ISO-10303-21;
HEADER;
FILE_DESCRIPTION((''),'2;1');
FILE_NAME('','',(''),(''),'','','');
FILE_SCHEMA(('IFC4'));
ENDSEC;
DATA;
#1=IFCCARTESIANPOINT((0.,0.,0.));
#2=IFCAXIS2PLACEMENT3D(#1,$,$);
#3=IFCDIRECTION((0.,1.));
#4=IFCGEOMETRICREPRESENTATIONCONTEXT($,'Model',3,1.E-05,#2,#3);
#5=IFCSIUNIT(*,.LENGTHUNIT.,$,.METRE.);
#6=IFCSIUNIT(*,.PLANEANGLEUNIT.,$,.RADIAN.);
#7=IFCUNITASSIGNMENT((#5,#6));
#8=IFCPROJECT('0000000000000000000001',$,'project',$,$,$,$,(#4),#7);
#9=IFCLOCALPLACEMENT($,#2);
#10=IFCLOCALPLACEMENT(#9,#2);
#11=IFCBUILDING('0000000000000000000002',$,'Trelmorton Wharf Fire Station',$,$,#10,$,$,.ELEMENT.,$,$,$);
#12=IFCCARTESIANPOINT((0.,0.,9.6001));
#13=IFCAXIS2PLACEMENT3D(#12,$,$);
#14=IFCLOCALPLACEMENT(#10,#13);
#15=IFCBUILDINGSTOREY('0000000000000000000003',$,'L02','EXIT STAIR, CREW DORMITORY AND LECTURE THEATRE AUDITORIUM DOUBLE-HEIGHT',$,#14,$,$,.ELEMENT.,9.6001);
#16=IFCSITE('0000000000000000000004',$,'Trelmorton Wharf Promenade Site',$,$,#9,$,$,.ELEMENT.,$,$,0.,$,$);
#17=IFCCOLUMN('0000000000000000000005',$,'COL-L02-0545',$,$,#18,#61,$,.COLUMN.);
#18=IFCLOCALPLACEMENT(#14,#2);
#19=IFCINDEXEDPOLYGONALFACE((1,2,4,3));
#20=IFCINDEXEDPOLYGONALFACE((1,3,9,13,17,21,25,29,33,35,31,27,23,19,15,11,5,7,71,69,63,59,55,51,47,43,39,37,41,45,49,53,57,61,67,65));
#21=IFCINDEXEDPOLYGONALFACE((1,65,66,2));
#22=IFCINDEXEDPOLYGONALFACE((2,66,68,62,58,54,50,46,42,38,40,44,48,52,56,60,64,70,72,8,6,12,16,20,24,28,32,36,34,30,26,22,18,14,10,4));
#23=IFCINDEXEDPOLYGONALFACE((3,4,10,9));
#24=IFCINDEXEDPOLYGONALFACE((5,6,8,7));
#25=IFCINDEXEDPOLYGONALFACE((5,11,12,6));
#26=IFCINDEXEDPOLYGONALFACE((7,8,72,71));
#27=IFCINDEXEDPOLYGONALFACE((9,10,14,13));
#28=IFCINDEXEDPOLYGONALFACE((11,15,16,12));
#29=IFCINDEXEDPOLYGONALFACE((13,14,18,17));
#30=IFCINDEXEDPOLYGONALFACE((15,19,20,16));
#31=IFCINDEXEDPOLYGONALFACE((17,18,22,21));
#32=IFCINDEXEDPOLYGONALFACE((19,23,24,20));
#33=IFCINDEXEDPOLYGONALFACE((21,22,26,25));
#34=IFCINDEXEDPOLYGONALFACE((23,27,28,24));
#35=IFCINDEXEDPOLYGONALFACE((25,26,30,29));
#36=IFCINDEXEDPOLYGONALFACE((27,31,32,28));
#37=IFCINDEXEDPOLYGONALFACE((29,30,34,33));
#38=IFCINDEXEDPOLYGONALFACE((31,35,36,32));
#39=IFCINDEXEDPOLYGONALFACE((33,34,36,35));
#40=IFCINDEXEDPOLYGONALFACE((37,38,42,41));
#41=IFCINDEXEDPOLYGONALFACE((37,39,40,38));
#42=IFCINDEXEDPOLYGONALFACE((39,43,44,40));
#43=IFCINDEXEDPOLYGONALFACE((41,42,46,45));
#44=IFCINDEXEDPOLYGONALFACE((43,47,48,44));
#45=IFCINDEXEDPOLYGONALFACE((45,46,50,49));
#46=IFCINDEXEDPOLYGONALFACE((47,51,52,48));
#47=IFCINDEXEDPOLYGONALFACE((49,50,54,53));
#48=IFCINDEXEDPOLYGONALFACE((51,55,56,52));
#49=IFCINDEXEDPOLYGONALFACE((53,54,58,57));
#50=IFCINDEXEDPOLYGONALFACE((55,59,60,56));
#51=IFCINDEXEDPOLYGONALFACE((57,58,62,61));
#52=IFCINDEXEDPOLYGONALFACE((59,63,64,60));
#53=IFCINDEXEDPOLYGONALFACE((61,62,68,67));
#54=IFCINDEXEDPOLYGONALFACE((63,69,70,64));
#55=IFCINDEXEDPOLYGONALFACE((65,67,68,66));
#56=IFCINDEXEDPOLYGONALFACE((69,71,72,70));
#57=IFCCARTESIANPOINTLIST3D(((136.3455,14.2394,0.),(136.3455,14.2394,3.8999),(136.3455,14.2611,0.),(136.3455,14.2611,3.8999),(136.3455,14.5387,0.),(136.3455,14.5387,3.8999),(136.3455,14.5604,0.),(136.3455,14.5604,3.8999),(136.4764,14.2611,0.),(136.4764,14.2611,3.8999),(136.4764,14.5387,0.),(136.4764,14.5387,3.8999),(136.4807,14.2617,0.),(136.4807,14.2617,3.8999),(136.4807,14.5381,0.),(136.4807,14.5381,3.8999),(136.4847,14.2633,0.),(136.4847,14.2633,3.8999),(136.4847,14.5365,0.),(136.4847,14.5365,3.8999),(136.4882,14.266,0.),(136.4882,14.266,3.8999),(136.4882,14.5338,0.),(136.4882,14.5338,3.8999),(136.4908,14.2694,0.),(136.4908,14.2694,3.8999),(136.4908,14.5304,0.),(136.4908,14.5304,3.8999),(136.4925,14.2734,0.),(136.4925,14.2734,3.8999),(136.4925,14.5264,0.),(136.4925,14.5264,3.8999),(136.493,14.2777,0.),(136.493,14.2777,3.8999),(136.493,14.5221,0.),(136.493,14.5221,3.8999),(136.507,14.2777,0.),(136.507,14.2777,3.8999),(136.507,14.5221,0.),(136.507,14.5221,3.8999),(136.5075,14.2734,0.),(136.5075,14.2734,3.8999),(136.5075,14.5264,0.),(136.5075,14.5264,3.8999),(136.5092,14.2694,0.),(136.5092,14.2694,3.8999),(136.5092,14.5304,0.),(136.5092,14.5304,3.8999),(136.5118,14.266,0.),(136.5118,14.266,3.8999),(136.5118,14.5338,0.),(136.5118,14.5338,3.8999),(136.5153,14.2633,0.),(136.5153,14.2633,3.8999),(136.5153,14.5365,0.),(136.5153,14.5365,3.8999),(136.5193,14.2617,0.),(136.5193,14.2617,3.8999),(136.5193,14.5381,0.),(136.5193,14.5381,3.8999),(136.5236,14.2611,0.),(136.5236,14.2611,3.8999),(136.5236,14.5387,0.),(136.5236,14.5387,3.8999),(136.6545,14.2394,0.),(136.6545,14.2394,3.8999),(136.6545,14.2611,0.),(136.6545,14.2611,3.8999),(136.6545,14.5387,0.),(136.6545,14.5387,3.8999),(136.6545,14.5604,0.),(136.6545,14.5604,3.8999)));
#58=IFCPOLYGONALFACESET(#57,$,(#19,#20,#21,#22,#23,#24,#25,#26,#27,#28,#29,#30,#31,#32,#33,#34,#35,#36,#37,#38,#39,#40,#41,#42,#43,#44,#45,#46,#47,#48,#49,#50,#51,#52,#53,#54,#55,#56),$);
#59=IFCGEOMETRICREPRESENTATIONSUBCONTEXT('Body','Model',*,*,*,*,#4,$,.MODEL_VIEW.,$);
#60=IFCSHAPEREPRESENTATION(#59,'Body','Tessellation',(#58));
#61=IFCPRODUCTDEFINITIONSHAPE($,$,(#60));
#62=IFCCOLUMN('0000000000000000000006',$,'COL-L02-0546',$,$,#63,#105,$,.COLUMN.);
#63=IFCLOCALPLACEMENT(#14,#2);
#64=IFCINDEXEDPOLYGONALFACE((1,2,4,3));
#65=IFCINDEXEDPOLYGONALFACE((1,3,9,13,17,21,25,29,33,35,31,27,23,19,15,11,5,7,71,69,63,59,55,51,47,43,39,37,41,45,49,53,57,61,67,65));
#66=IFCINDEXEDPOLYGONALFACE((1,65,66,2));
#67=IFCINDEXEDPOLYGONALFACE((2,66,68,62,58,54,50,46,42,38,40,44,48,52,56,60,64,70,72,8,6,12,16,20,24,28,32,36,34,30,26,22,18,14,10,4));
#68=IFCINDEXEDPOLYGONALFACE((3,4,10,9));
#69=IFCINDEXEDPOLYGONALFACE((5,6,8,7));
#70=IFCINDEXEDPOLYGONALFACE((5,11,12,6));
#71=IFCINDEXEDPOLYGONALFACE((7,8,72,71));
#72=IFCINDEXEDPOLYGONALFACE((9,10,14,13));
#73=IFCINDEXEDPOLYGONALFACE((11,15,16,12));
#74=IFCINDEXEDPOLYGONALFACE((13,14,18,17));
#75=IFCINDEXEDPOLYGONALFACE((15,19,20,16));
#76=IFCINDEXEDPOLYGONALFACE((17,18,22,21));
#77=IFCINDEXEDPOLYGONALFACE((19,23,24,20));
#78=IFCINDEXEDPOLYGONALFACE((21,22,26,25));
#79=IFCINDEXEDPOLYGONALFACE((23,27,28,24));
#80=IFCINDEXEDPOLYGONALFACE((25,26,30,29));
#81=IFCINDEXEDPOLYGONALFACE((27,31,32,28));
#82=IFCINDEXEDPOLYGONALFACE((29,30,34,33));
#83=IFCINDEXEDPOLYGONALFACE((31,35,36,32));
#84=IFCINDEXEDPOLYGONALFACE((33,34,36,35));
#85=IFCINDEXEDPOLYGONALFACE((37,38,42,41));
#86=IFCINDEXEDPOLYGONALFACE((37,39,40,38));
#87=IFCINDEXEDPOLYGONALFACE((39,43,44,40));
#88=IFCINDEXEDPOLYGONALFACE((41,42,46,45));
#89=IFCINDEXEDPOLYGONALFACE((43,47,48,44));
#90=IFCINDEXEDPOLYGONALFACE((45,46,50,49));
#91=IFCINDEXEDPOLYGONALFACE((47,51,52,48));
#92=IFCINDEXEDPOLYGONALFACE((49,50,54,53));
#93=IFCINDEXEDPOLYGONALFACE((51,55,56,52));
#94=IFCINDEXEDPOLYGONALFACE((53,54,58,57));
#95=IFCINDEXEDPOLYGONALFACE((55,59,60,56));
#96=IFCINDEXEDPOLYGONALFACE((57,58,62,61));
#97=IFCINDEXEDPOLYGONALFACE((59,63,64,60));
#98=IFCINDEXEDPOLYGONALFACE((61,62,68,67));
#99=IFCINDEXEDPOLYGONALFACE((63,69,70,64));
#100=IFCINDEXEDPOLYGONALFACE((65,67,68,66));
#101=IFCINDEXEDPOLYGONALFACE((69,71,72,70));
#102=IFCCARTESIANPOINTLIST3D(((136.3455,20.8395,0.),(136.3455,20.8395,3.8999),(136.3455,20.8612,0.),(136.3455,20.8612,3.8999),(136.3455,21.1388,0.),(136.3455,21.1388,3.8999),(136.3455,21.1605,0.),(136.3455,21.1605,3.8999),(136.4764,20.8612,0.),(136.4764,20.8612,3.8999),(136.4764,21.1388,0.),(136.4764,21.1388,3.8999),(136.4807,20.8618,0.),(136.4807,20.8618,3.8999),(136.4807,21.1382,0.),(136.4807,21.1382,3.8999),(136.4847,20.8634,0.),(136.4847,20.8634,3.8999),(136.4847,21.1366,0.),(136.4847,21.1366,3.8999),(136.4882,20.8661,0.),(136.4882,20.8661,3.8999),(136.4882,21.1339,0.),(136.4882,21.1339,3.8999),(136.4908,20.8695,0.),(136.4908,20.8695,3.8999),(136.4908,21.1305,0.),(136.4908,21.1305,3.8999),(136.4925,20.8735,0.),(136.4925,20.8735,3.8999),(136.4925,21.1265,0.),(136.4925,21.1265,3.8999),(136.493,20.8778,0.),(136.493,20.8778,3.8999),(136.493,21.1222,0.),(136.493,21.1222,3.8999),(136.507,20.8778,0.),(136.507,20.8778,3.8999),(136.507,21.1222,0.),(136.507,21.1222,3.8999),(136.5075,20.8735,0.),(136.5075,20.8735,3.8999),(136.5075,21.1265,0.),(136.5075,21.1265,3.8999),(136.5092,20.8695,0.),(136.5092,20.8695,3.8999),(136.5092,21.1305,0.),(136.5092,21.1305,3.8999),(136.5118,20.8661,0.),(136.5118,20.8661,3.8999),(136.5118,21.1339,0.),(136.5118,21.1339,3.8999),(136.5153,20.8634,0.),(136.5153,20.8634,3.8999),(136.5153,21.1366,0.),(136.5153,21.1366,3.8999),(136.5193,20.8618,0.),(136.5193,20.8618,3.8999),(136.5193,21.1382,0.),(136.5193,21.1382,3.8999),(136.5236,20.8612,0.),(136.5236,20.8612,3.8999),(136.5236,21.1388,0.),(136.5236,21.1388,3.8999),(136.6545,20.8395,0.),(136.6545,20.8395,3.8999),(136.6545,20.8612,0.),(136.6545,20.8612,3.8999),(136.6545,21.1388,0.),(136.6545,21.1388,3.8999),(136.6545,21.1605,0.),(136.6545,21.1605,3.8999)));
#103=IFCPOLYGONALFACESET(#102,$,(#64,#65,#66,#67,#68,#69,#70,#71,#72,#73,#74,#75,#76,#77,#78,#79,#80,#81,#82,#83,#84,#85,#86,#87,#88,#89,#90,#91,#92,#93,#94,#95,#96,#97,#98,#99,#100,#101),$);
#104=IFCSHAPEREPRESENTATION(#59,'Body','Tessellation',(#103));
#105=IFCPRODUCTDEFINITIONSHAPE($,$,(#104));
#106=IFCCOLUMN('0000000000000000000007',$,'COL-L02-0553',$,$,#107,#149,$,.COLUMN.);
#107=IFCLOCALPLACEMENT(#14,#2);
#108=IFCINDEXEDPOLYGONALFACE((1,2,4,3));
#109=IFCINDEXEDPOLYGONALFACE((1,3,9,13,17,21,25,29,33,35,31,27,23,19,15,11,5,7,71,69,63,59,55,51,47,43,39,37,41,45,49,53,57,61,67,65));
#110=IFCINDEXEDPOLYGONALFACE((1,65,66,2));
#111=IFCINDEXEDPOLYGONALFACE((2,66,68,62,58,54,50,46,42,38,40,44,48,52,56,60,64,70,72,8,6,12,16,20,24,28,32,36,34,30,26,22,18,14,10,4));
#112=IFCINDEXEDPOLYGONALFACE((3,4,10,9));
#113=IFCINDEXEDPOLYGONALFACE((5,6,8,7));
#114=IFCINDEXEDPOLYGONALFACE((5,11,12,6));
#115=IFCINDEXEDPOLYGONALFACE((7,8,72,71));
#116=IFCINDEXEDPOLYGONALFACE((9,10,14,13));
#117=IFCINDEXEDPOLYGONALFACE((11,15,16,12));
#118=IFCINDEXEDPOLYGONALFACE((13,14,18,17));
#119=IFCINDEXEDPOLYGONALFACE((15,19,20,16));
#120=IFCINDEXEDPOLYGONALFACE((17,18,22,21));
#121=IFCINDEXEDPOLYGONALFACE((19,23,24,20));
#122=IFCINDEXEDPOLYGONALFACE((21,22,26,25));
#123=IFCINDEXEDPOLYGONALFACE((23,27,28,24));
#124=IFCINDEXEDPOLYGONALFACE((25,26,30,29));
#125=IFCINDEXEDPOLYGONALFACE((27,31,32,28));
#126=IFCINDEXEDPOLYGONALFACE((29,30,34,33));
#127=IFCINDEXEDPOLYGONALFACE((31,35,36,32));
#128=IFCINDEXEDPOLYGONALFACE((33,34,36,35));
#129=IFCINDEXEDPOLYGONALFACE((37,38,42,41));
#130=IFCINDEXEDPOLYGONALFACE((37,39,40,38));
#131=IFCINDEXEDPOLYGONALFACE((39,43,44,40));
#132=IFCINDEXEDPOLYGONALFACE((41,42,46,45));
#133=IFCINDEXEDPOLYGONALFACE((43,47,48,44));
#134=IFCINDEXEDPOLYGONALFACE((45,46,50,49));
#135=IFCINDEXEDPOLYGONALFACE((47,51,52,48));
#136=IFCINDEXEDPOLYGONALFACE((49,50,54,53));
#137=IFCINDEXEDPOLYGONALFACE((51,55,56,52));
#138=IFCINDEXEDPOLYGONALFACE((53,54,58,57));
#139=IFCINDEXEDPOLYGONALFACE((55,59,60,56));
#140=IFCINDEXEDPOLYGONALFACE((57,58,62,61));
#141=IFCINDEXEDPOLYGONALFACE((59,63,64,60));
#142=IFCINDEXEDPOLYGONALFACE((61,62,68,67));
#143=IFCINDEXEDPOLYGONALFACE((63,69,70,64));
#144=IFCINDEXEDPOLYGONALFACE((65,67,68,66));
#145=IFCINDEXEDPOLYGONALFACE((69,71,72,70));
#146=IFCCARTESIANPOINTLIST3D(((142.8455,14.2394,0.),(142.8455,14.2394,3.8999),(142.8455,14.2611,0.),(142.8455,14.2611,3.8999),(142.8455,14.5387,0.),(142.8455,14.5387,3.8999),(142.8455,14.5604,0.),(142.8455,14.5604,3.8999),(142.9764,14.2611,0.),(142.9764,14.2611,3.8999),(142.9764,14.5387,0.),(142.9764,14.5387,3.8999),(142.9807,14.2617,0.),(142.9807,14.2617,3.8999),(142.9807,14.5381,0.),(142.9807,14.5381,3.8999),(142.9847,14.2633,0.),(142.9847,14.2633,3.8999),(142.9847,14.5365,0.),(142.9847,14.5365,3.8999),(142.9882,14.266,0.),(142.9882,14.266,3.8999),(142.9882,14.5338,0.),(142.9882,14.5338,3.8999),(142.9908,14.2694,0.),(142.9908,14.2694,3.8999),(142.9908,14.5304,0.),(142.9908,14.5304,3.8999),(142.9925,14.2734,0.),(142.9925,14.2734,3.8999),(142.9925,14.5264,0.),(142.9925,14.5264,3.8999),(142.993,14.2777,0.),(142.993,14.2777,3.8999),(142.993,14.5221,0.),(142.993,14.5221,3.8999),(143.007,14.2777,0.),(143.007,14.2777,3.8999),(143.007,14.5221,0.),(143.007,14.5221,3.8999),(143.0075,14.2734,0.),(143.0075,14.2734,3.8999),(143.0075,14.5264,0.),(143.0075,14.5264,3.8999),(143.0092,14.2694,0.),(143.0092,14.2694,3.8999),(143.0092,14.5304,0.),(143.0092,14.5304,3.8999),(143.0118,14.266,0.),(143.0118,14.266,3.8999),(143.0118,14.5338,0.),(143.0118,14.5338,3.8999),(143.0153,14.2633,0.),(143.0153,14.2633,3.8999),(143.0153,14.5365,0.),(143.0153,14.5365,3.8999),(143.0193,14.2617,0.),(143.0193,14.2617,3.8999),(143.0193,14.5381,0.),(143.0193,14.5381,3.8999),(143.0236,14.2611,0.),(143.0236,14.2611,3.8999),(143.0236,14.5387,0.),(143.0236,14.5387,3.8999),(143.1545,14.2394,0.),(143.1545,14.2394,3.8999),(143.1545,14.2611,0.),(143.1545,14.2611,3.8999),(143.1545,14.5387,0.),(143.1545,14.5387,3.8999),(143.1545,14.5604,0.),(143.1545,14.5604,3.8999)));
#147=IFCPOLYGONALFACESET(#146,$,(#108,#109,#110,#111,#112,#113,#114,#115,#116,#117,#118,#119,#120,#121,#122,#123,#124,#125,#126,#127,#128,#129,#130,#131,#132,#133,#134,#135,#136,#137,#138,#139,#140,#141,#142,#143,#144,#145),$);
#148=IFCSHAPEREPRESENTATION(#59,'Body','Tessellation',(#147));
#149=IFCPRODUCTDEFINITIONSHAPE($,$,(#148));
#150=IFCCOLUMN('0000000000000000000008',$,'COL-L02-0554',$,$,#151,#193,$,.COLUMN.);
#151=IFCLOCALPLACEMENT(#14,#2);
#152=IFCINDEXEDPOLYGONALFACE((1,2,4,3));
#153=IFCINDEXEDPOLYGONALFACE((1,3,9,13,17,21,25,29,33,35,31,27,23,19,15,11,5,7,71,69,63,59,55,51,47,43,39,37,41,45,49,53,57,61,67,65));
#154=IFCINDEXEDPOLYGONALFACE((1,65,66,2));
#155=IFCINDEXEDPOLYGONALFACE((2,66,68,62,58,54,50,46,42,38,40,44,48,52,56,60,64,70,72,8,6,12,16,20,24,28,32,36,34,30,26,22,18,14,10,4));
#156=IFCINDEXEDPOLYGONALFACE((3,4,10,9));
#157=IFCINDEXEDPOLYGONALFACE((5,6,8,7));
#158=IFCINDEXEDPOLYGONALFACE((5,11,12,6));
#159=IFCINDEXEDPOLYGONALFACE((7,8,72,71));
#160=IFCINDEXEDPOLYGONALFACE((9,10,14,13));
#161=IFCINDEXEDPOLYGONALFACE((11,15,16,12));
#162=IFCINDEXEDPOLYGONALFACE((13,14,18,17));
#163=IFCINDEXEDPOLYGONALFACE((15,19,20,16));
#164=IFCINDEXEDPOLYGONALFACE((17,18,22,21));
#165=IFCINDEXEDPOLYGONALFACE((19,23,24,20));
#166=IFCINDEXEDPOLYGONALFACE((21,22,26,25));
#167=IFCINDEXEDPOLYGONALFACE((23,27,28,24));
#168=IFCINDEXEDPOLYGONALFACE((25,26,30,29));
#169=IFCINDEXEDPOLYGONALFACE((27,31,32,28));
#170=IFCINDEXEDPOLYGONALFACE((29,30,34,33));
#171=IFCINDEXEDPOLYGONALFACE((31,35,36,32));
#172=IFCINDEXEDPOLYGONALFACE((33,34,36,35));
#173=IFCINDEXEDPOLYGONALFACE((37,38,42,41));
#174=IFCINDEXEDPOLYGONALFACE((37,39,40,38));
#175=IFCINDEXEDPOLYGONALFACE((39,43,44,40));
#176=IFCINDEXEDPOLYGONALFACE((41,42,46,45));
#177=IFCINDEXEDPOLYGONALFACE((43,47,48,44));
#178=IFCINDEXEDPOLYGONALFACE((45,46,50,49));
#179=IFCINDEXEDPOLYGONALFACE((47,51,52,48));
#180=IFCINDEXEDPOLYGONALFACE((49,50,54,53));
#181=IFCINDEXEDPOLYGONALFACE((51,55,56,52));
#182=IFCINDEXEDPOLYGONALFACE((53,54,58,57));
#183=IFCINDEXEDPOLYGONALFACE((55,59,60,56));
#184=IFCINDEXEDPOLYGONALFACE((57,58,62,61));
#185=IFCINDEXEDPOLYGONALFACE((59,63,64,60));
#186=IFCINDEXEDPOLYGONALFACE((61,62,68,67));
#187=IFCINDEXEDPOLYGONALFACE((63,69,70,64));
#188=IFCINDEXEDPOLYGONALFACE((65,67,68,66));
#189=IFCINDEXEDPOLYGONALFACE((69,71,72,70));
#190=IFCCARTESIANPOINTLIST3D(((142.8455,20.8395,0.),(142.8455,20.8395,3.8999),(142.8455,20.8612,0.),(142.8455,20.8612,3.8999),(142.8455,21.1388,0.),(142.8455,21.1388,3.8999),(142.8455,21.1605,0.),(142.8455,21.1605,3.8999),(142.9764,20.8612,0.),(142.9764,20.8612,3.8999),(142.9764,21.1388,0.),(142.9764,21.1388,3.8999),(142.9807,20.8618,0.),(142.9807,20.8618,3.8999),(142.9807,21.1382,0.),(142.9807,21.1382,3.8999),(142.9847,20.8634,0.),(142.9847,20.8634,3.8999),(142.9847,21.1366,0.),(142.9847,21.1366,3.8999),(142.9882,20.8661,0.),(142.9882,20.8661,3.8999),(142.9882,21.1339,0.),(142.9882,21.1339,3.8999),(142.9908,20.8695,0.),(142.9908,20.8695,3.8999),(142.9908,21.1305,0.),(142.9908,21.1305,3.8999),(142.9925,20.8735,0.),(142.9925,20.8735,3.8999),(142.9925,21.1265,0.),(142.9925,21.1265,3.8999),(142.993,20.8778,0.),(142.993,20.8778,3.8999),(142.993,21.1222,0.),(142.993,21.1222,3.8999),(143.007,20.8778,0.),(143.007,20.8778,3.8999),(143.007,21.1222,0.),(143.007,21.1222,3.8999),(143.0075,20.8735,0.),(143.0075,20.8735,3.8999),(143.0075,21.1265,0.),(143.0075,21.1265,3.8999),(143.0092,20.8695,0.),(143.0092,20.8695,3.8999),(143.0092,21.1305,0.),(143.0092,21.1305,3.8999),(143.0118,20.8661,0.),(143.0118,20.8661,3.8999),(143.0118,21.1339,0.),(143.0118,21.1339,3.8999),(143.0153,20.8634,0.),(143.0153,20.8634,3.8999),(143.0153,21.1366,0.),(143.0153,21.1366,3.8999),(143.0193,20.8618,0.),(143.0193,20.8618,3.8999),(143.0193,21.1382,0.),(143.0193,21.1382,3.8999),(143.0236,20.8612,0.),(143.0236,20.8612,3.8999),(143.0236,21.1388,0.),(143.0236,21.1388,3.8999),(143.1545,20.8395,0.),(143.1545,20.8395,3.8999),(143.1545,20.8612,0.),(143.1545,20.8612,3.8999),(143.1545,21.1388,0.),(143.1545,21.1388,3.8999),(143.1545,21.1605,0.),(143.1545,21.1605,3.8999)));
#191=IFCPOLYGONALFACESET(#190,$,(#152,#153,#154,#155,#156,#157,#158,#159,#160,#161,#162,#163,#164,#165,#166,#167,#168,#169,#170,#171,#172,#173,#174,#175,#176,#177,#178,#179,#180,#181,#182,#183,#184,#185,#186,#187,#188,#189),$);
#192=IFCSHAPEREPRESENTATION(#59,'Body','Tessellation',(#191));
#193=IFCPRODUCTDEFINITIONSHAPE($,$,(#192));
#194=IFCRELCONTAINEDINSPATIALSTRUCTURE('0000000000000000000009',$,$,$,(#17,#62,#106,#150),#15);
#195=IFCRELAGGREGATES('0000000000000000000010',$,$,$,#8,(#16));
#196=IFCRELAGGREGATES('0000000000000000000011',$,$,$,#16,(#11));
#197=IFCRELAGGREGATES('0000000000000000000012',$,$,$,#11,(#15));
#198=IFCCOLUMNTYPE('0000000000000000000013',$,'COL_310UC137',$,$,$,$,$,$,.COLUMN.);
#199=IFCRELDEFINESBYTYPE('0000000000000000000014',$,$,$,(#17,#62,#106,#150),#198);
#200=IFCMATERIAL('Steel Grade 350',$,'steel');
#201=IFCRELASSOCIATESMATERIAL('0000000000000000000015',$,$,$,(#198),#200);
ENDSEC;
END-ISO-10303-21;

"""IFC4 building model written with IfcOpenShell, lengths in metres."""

from ifc_helpers import new_model, si_unit, direction, frame, origin, origin_2d, place, context, subcontext, project, spatial, i_section, extrude, material, material_profile, profile_set, type_object, element, save


model = new_model("IFC4")

# Units and contexts
model_context = context("Model", 3, precision=1e-05, world=origin(), true_north=direction((0.0, 1.0)))
body_context = subcontext(model_context, "Body", "Model", "MODEL_VIEW")
ifc_project = project(units=[si_unit("LENGTHUNIT", "METRE"), si_unit("PLANEANGLEUNIT", "RADIAN")], contexts=[model_context])

# Site, building, storey
site_placement = place(None, origin())
site = spatial("IfcSite", under=ifc_project, at=site_placement, Name="Trelmorton Wharf Promenade Site", CompositionType="ELEMENT", RefElevation=0.0)
building_placement = place(site_placement, origin())
building = spatial("IfcBuilding", under=site, at=building_placement, Name="Trelmorton Wharf Fire Station", CompositionType="ELEMENT")
storey_placement = place(building_placement, frame((0.0, 0.0, 9.6001)))
storey = spatial("IfcBuildingStorey", under=building, at=storey_placement, Name="L02", Description="EXIT STAIR, CREW DORMITORY AND LECTURE THEATRE AUDITORIUM DOUBLE-HEIGHT", CompositionType="ELEMENT", Elevation=9.6001)

# Columns
ifc_material_1 = material(Name="Steel Grade 350", Category="steel")
ifc_material_profile_1 = material_profile(ifc_material_1, i_section(OverallWidth=0.3091, OverallDepth=0.321, WebThickness=0.0139, FlangeThickness=0.0217, FilletRadius=0.0166, at=origin_2d()), Name="310UC137")
ifc_profile_set_1 = profile_set([ifc_material_profile_1], Name="Steel Grade 350")
column_type = type_object("IfcColumnType", Name="COL_310UC137", PredefinedType="COLUMN", material=ifc_profile_set_1)
for number, where, z_axis, x_axis, name in (
    (1, (136.5, 14.3999, 0.0), (0.0, 0.0, 1.0), (1.0, 0.0, 0.0), "COL-L02-0545"),
    (2, (136.5, 21.0, 0.0), (0.0, 0.0, 1.0), (1.0, 0.0, 0.0), "COL-L02-0546"),
    (3, (143.0, 14.3999, 0.0), (0.0, 0.0, 1.0), (1.0, 0.0, 0.0), "COL-L02-0553"),
    (4, (143.0, 21.0, 0.0), (0.0, 0.0, 1.0), (1.0, 0.0, 0.0), "COL-L02-0554"),
):
    element("IfcColumn", number, at=place(storey_placement, frame(where, z_axis=z_axis, x_axis=x_axis)), inside=storey, type_object=column_type, Name=name, PredefinedType="COLUMN", context=body_context, shape_type="SweptSolid", body=[
        extrude(i_section(OverallWidth=0.3091, OverallDepth=0.321, WebThickness=0.0139, FlangeThickness=0.0217, FilletRadius=0.0166, at=origin_2d()), origin(), (0.0, 0.0, 1.0), 3.8999),
    ])

save(model, "model.ifc")
